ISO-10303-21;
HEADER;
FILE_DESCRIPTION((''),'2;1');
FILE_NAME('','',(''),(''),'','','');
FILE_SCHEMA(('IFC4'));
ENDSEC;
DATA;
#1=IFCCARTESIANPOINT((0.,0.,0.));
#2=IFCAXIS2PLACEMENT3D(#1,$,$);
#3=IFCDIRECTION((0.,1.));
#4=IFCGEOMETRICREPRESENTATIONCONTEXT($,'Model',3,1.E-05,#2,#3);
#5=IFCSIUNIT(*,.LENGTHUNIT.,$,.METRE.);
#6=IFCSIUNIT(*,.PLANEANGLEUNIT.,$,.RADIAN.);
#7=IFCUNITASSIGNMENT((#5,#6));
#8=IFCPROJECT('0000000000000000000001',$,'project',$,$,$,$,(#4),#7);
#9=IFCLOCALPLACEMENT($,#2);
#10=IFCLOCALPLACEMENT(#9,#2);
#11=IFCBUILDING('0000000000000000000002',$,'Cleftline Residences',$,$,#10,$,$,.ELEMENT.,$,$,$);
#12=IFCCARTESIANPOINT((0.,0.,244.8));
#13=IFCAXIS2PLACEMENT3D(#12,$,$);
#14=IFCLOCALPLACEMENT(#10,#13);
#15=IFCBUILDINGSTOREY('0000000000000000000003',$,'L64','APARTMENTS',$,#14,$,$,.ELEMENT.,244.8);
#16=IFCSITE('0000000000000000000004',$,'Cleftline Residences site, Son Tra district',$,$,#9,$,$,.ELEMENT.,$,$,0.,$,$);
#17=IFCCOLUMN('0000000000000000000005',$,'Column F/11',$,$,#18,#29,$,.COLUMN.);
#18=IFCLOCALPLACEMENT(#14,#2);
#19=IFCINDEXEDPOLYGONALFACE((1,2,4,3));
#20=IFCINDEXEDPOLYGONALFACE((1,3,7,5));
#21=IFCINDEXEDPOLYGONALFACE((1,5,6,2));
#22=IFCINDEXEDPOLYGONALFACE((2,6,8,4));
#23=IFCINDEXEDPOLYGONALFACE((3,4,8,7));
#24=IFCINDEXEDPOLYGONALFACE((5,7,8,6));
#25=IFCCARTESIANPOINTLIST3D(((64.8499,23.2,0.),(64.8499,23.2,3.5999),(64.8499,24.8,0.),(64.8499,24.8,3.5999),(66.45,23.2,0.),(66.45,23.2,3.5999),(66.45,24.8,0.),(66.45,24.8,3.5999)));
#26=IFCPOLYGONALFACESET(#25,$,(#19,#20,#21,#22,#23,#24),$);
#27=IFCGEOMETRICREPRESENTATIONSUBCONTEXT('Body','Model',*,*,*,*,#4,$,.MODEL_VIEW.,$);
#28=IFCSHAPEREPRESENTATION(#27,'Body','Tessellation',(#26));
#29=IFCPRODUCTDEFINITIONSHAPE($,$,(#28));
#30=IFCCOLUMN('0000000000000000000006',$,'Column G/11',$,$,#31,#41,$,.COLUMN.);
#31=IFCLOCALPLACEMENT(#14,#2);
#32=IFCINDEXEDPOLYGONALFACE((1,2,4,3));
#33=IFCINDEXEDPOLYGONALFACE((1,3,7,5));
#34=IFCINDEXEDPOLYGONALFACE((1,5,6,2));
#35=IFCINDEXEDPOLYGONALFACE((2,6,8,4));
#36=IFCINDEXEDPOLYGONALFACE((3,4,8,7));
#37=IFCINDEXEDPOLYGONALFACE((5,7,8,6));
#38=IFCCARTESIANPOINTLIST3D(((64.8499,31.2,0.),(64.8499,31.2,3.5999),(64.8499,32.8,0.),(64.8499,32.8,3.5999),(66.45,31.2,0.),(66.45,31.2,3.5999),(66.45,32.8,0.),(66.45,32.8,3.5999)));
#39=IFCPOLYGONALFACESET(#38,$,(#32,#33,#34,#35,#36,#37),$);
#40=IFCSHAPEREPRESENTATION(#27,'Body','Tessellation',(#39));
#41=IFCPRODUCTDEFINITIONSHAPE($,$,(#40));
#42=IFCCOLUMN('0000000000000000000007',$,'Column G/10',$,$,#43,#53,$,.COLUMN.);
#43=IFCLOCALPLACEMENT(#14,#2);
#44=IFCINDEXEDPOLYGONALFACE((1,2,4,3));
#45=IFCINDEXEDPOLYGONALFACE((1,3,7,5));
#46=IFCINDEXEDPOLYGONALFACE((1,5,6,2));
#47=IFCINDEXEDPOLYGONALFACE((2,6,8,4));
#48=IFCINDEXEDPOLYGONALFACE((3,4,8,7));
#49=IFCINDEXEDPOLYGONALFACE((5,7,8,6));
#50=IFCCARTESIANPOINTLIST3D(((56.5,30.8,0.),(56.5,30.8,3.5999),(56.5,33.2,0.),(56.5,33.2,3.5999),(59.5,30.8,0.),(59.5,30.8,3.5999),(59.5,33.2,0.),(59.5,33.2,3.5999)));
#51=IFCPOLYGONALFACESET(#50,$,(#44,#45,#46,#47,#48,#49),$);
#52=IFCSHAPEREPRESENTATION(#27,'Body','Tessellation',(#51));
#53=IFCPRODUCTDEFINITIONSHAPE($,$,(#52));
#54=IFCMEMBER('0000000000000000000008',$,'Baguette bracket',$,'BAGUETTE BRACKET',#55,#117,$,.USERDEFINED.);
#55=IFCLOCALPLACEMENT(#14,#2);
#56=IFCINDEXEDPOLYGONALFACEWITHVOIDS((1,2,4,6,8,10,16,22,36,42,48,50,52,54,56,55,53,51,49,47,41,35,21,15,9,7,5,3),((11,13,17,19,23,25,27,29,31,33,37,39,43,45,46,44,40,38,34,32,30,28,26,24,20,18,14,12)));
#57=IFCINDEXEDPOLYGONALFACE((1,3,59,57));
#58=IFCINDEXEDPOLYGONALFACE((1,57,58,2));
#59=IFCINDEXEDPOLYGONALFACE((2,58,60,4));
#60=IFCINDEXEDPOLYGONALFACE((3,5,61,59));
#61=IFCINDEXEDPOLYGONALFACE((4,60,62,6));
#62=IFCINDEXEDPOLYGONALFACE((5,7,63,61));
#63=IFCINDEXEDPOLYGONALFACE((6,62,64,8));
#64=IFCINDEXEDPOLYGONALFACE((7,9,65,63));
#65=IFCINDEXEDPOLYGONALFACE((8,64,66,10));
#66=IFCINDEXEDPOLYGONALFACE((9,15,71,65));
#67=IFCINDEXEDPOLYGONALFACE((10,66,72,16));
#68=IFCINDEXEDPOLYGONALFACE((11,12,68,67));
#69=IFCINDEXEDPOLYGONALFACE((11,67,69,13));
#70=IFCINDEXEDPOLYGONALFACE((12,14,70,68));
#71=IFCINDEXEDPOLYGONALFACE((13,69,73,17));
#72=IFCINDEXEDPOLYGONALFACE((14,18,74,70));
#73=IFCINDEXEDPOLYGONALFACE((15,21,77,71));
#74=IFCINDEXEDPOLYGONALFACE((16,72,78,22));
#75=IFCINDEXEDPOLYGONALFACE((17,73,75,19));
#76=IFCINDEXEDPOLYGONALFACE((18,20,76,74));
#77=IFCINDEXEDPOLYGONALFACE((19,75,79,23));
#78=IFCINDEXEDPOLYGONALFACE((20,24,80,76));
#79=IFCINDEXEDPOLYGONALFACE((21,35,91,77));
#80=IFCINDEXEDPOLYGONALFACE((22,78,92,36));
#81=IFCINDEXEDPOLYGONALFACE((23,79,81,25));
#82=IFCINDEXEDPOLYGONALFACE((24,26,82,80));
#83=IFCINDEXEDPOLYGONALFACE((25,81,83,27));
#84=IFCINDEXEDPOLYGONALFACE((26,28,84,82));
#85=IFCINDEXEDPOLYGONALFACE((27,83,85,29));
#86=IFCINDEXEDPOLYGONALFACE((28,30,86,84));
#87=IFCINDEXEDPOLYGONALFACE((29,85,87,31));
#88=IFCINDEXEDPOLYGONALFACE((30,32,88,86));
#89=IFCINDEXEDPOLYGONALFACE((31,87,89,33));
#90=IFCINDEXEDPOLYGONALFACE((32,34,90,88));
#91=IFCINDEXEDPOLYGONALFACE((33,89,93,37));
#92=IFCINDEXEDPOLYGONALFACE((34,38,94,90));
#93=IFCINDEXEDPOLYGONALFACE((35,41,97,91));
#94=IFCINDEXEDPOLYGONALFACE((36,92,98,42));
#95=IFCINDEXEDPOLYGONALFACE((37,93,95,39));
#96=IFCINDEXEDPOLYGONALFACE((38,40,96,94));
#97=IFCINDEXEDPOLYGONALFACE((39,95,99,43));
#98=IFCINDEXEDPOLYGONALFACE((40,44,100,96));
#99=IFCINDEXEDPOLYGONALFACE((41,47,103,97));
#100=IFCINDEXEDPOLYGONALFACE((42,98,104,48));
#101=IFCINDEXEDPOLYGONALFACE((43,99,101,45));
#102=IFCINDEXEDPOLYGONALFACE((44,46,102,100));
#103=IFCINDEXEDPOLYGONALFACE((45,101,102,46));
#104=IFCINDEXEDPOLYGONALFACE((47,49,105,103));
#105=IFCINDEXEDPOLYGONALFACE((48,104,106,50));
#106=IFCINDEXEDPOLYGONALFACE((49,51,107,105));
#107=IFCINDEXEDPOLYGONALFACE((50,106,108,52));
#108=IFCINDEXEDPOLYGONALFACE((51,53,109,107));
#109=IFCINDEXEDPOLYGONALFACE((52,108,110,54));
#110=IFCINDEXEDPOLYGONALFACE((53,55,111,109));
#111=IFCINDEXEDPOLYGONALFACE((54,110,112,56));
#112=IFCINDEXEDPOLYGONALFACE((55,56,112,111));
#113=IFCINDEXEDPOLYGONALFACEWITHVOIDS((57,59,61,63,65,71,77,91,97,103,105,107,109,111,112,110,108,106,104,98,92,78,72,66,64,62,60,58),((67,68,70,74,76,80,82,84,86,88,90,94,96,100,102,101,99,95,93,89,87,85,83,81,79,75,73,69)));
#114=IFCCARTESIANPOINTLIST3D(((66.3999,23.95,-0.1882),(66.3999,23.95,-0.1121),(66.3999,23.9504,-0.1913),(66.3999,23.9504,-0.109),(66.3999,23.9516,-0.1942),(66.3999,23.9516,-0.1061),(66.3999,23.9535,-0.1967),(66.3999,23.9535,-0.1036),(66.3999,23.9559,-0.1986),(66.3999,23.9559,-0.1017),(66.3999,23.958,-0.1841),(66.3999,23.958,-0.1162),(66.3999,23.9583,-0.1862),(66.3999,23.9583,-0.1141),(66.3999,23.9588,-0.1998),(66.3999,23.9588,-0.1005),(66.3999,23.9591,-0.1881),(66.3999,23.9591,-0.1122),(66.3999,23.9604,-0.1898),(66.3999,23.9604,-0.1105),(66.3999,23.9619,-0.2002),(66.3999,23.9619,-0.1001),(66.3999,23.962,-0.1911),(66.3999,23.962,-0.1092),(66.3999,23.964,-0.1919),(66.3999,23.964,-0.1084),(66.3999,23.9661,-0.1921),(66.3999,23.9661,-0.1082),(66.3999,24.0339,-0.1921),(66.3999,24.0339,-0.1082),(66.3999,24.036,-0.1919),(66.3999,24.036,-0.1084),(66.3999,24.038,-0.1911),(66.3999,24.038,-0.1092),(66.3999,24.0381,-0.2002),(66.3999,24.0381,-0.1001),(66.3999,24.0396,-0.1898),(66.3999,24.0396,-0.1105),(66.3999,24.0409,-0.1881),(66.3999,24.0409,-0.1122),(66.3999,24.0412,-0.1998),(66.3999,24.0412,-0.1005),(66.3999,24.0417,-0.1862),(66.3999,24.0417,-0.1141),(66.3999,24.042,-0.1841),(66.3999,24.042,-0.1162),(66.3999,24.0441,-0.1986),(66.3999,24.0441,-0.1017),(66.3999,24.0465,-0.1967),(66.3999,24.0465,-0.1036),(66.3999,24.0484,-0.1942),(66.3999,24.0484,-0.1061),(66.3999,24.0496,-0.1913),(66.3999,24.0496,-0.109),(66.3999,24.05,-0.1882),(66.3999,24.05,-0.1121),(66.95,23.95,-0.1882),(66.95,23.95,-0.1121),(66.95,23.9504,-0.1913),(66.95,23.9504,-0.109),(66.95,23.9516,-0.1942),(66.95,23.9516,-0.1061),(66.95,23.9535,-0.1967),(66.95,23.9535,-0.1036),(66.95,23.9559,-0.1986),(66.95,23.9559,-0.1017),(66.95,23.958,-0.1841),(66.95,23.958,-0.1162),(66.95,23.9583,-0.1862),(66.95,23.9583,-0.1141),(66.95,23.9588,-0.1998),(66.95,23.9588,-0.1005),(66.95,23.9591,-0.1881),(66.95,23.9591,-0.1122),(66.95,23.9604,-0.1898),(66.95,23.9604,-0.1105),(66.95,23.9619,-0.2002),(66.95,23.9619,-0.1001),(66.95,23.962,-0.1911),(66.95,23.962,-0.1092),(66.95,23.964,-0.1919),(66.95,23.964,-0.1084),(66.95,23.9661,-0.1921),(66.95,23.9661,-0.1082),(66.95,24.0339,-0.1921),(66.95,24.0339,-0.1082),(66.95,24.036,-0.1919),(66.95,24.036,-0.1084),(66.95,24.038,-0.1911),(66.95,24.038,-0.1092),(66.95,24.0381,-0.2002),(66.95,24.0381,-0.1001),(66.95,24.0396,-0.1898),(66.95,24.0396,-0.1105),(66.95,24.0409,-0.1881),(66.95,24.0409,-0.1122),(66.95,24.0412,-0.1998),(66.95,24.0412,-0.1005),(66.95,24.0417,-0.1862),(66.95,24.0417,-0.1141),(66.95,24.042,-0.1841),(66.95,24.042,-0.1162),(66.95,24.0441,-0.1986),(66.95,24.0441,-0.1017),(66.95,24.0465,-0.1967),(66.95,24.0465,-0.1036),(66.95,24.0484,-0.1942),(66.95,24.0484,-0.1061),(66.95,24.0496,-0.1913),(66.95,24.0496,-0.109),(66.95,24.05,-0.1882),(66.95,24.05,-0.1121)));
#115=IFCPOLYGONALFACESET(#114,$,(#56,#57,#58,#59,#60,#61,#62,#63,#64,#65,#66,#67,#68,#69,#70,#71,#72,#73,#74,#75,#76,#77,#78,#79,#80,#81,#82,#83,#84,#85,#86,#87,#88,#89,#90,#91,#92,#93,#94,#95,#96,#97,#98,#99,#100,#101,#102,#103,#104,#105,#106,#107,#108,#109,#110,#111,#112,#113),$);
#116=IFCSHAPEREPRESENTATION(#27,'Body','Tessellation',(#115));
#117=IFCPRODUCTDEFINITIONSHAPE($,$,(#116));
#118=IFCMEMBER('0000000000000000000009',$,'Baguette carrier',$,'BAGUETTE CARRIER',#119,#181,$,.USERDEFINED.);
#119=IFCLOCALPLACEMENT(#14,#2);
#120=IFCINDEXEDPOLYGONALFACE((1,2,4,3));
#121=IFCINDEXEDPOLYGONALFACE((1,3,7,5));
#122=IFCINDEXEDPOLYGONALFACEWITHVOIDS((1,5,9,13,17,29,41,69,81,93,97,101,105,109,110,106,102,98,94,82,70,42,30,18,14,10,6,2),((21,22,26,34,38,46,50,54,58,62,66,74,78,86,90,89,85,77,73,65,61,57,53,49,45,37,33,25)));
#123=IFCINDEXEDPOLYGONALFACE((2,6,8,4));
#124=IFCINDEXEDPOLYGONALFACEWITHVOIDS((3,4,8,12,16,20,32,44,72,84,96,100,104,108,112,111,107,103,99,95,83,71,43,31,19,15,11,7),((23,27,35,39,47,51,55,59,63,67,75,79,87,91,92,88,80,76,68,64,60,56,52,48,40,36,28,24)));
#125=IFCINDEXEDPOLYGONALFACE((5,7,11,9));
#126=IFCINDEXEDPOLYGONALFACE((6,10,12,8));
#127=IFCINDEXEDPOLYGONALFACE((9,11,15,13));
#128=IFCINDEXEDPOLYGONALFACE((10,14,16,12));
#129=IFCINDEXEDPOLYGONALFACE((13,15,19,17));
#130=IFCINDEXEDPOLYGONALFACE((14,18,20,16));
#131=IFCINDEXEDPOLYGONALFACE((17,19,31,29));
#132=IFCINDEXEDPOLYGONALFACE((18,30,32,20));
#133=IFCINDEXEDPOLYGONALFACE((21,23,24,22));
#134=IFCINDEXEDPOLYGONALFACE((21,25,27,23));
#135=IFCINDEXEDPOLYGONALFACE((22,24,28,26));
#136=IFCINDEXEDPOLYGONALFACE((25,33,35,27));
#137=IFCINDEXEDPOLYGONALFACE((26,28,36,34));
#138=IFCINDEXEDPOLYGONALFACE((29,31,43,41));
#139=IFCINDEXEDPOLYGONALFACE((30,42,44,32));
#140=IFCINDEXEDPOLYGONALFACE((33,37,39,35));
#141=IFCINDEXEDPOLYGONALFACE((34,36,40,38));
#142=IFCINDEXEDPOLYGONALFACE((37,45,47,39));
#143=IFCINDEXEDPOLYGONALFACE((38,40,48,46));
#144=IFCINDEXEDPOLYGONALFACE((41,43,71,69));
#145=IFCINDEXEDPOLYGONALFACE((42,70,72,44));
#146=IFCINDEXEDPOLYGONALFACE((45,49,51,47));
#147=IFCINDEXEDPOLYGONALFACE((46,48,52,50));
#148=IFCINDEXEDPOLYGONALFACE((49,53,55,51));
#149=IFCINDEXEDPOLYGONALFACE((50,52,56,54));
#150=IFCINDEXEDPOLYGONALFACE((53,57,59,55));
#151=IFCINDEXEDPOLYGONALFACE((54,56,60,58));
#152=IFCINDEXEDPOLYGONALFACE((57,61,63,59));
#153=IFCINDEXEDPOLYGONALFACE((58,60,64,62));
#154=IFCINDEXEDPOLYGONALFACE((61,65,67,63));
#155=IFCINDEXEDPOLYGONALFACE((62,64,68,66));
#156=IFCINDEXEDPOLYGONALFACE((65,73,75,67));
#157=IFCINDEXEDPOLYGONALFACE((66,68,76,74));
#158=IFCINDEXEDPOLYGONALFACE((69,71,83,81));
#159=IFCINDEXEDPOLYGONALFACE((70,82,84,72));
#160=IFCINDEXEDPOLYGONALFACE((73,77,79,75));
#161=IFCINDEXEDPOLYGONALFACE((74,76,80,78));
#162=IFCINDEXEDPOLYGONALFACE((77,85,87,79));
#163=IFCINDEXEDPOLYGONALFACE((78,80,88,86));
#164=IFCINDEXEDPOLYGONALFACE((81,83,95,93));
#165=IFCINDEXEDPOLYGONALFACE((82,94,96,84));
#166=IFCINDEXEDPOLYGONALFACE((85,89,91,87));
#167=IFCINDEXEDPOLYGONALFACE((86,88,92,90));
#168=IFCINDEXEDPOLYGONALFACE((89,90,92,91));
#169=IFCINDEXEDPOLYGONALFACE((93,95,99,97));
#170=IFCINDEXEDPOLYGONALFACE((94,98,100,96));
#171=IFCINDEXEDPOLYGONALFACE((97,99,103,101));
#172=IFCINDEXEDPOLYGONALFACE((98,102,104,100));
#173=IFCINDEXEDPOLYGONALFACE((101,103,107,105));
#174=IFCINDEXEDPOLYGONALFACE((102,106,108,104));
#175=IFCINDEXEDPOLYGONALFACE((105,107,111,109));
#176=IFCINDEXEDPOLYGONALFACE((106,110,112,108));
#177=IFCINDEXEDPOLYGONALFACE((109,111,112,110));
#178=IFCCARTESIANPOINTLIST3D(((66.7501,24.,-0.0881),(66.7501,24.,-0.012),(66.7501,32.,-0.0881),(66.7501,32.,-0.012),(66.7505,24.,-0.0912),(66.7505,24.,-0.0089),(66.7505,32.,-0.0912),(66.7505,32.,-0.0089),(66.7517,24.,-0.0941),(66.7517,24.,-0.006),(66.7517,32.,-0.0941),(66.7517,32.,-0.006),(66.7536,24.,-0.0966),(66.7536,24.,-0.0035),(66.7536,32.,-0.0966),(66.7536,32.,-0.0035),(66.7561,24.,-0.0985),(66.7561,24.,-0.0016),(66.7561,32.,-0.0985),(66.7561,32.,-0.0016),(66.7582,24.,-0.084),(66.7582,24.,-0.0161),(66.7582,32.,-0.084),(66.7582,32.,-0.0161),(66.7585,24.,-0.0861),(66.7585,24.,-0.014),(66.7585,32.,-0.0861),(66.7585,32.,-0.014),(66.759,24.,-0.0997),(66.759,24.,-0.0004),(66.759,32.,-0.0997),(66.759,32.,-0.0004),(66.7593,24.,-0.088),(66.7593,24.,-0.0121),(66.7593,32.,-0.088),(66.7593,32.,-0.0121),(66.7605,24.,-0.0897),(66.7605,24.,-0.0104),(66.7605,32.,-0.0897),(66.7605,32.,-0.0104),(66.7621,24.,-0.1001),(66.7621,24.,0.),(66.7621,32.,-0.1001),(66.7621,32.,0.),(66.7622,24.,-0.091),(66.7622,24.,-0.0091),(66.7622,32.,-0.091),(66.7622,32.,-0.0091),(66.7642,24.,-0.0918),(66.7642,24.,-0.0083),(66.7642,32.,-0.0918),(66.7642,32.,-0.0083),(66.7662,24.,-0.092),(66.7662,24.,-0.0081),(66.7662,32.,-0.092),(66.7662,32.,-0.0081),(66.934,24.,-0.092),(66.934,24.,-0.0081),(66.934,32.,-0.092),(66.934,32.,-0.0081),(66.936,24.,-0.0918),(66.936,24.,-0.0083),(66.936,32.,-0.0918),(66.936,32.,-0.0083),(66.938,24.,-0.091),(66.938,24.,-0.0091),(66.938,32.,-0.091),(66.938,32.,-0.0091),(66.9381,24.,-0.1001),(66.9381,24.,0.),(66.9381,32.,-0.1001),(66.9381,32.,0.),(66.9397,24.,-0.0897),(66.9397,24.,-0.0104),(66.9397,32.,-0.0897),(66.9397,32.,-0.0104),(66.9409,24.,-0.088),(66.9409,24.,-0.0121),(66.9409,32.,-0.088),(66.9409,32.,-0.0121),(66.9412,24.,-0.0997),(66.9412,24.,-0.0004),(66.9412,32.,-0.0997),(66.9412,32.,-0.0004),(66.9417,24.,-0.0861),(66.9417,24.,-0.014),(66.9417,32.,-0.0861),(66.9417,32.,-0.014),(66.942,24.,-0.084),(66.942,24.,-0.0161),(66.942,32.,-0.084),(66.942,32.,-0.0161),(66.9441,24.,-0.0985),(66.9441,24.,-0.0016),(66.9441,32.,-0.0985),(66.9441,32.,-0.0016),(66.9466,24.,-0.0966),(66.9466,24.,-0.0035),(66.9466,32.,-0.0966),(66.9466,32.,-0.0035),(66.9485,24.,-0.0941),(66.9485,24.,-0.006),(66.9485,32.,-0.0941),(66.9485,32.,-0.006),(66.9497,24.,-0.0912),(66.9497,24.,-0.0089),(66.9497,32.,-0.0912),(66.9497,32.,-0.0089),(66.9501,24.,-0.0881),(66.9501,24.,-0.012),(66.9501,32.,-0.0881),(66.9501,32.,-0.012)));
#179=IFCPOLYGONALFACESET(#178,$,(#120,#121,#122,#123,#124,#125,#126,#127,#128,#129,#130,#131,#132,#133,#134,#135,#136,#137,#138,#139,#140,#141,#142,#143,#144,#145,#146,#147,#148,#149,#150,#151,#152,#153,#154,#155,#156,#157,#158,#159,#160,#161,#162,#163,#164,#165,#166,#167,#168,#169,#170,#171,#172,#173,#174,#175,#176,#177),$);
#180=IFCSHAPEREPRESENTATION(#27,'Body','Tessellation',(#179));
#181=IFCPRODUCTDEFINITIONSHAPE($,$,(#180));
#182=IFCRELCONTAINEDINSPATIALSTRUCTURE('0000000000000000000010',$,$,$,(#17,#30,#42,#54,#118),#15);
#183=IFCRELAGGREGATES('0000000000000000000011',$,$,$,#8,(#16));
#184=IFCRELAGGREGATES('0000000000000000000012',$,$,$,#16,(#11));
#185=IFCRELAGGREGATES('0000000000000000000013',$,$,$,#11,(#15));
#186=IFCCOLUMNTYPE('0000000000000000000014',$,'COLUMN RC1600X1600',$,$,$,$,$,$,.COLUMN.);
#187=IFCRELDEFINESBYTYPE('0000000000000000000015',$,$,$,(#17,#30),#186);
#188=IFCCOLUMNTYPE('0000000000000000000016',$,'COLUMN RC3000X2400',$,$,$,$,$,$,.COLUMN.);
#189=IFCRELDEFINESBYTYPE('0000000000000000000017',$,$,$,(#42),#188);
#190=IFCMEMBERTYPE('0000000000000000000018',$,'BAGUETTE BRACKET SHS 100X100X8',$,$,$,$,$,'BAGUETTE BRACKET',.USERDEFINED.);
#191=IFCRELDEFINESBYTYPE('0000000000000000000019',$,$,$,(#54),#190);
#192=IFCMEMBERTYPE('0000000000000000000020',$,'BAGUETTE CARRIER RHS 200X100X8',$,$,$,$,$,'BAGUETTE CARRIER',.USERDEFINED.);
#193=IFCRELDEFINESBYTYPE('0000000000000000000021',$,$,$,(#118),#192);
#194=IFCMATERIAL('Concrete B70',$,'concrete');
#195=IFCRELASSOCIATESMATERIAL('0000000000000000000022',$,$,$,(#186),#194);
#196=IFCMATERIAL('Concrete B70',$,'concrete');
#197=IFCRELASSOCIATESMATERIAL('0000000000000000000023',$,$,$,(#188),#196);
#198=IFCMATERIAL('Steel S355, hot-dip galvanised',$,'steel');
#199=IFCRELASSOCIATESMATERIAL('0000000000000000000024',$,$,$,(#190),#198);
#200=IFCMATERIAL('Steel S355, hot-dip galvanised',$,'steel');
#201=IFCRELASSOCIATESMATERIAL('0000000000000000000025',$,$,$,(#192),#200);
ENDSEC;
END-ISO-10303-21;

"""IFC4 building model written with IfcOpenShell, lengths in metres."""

from ifc_helpers import new_model, si_unit, direction, frame, origin, origin_2d, place, context, subcontext, project, spatial, rectangle, hollow_rectangle, extrude, material, material_profile, profile_set, type_object, element, save


model = new_model("IFC4")

# Units and contexts
model_context = context("Model", 3, precision=1e-05, world=origin(), true_north=direction((0.0, 1.0)))
body_context = subcontext(model_context, "Body", "Model", "MODEL_VIEW")
ifc_project = project(units=[si_unit("LENGTHUNIT", "METRE"), si_unit("PLANEANGLEUNIT", "RADIAN")], contexts=[model_context])

# Site, building, storey
site_placement = place(None, origin())
site = spatial("IfcSite", under=ifc_project, at=site_placement, Name="Cleftline Residences site, Son Tra district", CompositionType="ELEMENT", RefElevation=0.0)
building_placement = place(site_placement, origin())
building = spatial("IfcBuilding", under=site, at=building_placement, Name="Cleftline Residences", CompositionType="ELEMENT")
storey_placement = place(building_placement, frame((0.0, 0.0, 244.8)))
storey = spatial("IfcBuildingStorey", under=building, at=storey_placement, Name="L64", Description="APARTMENTS", CompositionType="ELEMENT", Elevation=244.8)

# Columns
ifc_material_1 = material(Name="Concrete B70", Category="concrete")
ifc_material_profile_1 = material_profile(ifc_material_1, rectangle(XDim=1.6001, YDim=1.6001, at=origin_2d()))
ifc_profile_set_1 = profile_set([ifc_material_profile_1], Name="Concrete B70")
column_type_1 = type_object("IfcColumnType", Name="COLUMN RC1600X1600", PredefinedType="COLUMN", material=ifc_profile_set_1)
for number, where, z_axis, x_axis, name in (
    (1, (65.6499, 24.0, 0.0), (0.0, 0.0, 1.0), (1.0, 0.0, 0.0), "Column F/11"),
    (2, (65.6499, 32.0, 0.0), (0.0, 0.0, 1.0), (1.0, 0.0, 0.0), "Column G/11"),
):
    element("IfcColumn", number, at=place(storey_placement, frame(where, z_axis=z_axis, x_axis=x_axis)), inside=storey, type_object=column_type_1, Name=name, PredefinedType="COLUMN", context=body_context, shape_type="SweptSolid", body=[
        extrude(rectangle(XDim=1.6001, YDim=1.6001, at=origin_2d()), origin(), (0.0, 0.0, 1.0), 3.5999),
    ])
ifc_material_2 = material(Name="Concrete B70", Category="concrete")
ifc_material_profile_2 = material_profile(ifc_material_2, rectangle(XDim=3.0, YDim=2.3999, at=origin_2d()))
ifc_profile_set_2 = profile_set([ifc_material_profile_2], Name="Concrete B70")
column_type_2 = type_object("IfcColumnType", Name="COLUMN RC3000X2400", PredefinedType="COLUMN", material=ifc_profile_set_2)
column_placement = place(storey_placement, frame((58.0, 32.0, 0.0), z_axis=(0.0, 0.0, 1.0), x_axis=(1.0, 0.0, 0.0)))
element("IfcColumn", 3, at=column_placement, inside=storey, type_object=column_type_2, Name="Column G/10", PredefinedType="COLUMN", context=body_context, shape_type="SweptSolid", body=[
    extrude(rectangle(XDim=3.0, YDim=2.3999, at=origin_2d()), origin(), (0.0, 0.0, 1.0), 3.5999),
])

# Members
ifc_material_3 = material(Name="Steel S355, hot-dip galvanised", Category="steel")
ifc_material_profile_3 = material_profile(ifc_material_3, hollow_rectangle(XDim=0.1001, YDim=0.1001, WallThickness=0.0081, InnerFilletRadius=0.0081, OuterFilletRadius=0.012, at=origin_2d()))
ifc_profile_set_3 = profile_set([ifc_material_profile_3], Name="Steel S355, hot-dip galvanised")
member_type_1 = type_object("IfcMemberType", Name="BAGUETTE BRACKET SHS 100X100X8", ElementType="BAGUETTE BRACKET", PredefinedType="USERDEFINED", material=ifc_profile_set_3)
member_1_placement = place(storey_placement, frame((66.3999, 24.0, -0.1501), z_axis=(1.0, 0.0, 0.0), x_axis=(0.0, 1.0, 0.0)))
element("IfcMember", 4, at=member_1_placement, inside=storey, type_object=member_type_1, Name="Baguette bracket", ObjectType="BAGUETTE BRACKET", PredefinedType="USERDEFINED", context=body_context, shape_type="SweptSolid", body=[
    extrude(hollow_rectangle(XDim=0.1001, YDim=0.1001, WallThickness=0.0081, InnerFilletRadius=0.0081, OuterFilletRadius=0.012, at=origin_2d()), origin(), (0.0, 0.0, 1.0), 0.55),
])
ifc_material_4 = material(Name="Steel S355, hot-dip galvanised", Category="steel")
ifc_material_profile_4 = material_profile(ifc_material_4, hollow_rectangle(XDim=0.1001, YDim=0.2, WallThickness=0.0081, InnerFilletRadius=0.0081, OuterFilletRadius=0.012, at=origin_2d()))
ifc_profile_set_4 = profile_set([ifc_material_profile_4], Name="Steel S355, hot-dip galvanised")
member_type_2 = type_object("IfcMemberType", Name="BAGUETTE CARRIER RHS 200X100X8", ElementType="BAGUETTE CARRIER", PredefinedType="USERDEFINED", material=ifc_profile_set_4)
member_2_placement = place(storey_placement, frame((66.8501, 24.0, -0.05), z_axis=(0.0, 1.0, 0.0), x_axis=(0.0, 0.0, 1.0)))
element("IfcMember", 5, at=member_2_placement, inside=storey, type_object=member_type_2, Name="Baguette carrier", ObjectType="BAGUETTE CARRIER", PredefinedType="USERDEFINED", context=body_context, shape_type="SweptSolid", body=[
    extrude(hollow_rectangle(XDim=0.1001, YDim=0.2, WallThickness=0.0081, InnerFilletRadius=0.0081, OuterFilletRadius=0.012, at=origin_2d()), origin(), (0.0, 0.0, 1.0), 8.0),
])

save(model, "model.ifc")
